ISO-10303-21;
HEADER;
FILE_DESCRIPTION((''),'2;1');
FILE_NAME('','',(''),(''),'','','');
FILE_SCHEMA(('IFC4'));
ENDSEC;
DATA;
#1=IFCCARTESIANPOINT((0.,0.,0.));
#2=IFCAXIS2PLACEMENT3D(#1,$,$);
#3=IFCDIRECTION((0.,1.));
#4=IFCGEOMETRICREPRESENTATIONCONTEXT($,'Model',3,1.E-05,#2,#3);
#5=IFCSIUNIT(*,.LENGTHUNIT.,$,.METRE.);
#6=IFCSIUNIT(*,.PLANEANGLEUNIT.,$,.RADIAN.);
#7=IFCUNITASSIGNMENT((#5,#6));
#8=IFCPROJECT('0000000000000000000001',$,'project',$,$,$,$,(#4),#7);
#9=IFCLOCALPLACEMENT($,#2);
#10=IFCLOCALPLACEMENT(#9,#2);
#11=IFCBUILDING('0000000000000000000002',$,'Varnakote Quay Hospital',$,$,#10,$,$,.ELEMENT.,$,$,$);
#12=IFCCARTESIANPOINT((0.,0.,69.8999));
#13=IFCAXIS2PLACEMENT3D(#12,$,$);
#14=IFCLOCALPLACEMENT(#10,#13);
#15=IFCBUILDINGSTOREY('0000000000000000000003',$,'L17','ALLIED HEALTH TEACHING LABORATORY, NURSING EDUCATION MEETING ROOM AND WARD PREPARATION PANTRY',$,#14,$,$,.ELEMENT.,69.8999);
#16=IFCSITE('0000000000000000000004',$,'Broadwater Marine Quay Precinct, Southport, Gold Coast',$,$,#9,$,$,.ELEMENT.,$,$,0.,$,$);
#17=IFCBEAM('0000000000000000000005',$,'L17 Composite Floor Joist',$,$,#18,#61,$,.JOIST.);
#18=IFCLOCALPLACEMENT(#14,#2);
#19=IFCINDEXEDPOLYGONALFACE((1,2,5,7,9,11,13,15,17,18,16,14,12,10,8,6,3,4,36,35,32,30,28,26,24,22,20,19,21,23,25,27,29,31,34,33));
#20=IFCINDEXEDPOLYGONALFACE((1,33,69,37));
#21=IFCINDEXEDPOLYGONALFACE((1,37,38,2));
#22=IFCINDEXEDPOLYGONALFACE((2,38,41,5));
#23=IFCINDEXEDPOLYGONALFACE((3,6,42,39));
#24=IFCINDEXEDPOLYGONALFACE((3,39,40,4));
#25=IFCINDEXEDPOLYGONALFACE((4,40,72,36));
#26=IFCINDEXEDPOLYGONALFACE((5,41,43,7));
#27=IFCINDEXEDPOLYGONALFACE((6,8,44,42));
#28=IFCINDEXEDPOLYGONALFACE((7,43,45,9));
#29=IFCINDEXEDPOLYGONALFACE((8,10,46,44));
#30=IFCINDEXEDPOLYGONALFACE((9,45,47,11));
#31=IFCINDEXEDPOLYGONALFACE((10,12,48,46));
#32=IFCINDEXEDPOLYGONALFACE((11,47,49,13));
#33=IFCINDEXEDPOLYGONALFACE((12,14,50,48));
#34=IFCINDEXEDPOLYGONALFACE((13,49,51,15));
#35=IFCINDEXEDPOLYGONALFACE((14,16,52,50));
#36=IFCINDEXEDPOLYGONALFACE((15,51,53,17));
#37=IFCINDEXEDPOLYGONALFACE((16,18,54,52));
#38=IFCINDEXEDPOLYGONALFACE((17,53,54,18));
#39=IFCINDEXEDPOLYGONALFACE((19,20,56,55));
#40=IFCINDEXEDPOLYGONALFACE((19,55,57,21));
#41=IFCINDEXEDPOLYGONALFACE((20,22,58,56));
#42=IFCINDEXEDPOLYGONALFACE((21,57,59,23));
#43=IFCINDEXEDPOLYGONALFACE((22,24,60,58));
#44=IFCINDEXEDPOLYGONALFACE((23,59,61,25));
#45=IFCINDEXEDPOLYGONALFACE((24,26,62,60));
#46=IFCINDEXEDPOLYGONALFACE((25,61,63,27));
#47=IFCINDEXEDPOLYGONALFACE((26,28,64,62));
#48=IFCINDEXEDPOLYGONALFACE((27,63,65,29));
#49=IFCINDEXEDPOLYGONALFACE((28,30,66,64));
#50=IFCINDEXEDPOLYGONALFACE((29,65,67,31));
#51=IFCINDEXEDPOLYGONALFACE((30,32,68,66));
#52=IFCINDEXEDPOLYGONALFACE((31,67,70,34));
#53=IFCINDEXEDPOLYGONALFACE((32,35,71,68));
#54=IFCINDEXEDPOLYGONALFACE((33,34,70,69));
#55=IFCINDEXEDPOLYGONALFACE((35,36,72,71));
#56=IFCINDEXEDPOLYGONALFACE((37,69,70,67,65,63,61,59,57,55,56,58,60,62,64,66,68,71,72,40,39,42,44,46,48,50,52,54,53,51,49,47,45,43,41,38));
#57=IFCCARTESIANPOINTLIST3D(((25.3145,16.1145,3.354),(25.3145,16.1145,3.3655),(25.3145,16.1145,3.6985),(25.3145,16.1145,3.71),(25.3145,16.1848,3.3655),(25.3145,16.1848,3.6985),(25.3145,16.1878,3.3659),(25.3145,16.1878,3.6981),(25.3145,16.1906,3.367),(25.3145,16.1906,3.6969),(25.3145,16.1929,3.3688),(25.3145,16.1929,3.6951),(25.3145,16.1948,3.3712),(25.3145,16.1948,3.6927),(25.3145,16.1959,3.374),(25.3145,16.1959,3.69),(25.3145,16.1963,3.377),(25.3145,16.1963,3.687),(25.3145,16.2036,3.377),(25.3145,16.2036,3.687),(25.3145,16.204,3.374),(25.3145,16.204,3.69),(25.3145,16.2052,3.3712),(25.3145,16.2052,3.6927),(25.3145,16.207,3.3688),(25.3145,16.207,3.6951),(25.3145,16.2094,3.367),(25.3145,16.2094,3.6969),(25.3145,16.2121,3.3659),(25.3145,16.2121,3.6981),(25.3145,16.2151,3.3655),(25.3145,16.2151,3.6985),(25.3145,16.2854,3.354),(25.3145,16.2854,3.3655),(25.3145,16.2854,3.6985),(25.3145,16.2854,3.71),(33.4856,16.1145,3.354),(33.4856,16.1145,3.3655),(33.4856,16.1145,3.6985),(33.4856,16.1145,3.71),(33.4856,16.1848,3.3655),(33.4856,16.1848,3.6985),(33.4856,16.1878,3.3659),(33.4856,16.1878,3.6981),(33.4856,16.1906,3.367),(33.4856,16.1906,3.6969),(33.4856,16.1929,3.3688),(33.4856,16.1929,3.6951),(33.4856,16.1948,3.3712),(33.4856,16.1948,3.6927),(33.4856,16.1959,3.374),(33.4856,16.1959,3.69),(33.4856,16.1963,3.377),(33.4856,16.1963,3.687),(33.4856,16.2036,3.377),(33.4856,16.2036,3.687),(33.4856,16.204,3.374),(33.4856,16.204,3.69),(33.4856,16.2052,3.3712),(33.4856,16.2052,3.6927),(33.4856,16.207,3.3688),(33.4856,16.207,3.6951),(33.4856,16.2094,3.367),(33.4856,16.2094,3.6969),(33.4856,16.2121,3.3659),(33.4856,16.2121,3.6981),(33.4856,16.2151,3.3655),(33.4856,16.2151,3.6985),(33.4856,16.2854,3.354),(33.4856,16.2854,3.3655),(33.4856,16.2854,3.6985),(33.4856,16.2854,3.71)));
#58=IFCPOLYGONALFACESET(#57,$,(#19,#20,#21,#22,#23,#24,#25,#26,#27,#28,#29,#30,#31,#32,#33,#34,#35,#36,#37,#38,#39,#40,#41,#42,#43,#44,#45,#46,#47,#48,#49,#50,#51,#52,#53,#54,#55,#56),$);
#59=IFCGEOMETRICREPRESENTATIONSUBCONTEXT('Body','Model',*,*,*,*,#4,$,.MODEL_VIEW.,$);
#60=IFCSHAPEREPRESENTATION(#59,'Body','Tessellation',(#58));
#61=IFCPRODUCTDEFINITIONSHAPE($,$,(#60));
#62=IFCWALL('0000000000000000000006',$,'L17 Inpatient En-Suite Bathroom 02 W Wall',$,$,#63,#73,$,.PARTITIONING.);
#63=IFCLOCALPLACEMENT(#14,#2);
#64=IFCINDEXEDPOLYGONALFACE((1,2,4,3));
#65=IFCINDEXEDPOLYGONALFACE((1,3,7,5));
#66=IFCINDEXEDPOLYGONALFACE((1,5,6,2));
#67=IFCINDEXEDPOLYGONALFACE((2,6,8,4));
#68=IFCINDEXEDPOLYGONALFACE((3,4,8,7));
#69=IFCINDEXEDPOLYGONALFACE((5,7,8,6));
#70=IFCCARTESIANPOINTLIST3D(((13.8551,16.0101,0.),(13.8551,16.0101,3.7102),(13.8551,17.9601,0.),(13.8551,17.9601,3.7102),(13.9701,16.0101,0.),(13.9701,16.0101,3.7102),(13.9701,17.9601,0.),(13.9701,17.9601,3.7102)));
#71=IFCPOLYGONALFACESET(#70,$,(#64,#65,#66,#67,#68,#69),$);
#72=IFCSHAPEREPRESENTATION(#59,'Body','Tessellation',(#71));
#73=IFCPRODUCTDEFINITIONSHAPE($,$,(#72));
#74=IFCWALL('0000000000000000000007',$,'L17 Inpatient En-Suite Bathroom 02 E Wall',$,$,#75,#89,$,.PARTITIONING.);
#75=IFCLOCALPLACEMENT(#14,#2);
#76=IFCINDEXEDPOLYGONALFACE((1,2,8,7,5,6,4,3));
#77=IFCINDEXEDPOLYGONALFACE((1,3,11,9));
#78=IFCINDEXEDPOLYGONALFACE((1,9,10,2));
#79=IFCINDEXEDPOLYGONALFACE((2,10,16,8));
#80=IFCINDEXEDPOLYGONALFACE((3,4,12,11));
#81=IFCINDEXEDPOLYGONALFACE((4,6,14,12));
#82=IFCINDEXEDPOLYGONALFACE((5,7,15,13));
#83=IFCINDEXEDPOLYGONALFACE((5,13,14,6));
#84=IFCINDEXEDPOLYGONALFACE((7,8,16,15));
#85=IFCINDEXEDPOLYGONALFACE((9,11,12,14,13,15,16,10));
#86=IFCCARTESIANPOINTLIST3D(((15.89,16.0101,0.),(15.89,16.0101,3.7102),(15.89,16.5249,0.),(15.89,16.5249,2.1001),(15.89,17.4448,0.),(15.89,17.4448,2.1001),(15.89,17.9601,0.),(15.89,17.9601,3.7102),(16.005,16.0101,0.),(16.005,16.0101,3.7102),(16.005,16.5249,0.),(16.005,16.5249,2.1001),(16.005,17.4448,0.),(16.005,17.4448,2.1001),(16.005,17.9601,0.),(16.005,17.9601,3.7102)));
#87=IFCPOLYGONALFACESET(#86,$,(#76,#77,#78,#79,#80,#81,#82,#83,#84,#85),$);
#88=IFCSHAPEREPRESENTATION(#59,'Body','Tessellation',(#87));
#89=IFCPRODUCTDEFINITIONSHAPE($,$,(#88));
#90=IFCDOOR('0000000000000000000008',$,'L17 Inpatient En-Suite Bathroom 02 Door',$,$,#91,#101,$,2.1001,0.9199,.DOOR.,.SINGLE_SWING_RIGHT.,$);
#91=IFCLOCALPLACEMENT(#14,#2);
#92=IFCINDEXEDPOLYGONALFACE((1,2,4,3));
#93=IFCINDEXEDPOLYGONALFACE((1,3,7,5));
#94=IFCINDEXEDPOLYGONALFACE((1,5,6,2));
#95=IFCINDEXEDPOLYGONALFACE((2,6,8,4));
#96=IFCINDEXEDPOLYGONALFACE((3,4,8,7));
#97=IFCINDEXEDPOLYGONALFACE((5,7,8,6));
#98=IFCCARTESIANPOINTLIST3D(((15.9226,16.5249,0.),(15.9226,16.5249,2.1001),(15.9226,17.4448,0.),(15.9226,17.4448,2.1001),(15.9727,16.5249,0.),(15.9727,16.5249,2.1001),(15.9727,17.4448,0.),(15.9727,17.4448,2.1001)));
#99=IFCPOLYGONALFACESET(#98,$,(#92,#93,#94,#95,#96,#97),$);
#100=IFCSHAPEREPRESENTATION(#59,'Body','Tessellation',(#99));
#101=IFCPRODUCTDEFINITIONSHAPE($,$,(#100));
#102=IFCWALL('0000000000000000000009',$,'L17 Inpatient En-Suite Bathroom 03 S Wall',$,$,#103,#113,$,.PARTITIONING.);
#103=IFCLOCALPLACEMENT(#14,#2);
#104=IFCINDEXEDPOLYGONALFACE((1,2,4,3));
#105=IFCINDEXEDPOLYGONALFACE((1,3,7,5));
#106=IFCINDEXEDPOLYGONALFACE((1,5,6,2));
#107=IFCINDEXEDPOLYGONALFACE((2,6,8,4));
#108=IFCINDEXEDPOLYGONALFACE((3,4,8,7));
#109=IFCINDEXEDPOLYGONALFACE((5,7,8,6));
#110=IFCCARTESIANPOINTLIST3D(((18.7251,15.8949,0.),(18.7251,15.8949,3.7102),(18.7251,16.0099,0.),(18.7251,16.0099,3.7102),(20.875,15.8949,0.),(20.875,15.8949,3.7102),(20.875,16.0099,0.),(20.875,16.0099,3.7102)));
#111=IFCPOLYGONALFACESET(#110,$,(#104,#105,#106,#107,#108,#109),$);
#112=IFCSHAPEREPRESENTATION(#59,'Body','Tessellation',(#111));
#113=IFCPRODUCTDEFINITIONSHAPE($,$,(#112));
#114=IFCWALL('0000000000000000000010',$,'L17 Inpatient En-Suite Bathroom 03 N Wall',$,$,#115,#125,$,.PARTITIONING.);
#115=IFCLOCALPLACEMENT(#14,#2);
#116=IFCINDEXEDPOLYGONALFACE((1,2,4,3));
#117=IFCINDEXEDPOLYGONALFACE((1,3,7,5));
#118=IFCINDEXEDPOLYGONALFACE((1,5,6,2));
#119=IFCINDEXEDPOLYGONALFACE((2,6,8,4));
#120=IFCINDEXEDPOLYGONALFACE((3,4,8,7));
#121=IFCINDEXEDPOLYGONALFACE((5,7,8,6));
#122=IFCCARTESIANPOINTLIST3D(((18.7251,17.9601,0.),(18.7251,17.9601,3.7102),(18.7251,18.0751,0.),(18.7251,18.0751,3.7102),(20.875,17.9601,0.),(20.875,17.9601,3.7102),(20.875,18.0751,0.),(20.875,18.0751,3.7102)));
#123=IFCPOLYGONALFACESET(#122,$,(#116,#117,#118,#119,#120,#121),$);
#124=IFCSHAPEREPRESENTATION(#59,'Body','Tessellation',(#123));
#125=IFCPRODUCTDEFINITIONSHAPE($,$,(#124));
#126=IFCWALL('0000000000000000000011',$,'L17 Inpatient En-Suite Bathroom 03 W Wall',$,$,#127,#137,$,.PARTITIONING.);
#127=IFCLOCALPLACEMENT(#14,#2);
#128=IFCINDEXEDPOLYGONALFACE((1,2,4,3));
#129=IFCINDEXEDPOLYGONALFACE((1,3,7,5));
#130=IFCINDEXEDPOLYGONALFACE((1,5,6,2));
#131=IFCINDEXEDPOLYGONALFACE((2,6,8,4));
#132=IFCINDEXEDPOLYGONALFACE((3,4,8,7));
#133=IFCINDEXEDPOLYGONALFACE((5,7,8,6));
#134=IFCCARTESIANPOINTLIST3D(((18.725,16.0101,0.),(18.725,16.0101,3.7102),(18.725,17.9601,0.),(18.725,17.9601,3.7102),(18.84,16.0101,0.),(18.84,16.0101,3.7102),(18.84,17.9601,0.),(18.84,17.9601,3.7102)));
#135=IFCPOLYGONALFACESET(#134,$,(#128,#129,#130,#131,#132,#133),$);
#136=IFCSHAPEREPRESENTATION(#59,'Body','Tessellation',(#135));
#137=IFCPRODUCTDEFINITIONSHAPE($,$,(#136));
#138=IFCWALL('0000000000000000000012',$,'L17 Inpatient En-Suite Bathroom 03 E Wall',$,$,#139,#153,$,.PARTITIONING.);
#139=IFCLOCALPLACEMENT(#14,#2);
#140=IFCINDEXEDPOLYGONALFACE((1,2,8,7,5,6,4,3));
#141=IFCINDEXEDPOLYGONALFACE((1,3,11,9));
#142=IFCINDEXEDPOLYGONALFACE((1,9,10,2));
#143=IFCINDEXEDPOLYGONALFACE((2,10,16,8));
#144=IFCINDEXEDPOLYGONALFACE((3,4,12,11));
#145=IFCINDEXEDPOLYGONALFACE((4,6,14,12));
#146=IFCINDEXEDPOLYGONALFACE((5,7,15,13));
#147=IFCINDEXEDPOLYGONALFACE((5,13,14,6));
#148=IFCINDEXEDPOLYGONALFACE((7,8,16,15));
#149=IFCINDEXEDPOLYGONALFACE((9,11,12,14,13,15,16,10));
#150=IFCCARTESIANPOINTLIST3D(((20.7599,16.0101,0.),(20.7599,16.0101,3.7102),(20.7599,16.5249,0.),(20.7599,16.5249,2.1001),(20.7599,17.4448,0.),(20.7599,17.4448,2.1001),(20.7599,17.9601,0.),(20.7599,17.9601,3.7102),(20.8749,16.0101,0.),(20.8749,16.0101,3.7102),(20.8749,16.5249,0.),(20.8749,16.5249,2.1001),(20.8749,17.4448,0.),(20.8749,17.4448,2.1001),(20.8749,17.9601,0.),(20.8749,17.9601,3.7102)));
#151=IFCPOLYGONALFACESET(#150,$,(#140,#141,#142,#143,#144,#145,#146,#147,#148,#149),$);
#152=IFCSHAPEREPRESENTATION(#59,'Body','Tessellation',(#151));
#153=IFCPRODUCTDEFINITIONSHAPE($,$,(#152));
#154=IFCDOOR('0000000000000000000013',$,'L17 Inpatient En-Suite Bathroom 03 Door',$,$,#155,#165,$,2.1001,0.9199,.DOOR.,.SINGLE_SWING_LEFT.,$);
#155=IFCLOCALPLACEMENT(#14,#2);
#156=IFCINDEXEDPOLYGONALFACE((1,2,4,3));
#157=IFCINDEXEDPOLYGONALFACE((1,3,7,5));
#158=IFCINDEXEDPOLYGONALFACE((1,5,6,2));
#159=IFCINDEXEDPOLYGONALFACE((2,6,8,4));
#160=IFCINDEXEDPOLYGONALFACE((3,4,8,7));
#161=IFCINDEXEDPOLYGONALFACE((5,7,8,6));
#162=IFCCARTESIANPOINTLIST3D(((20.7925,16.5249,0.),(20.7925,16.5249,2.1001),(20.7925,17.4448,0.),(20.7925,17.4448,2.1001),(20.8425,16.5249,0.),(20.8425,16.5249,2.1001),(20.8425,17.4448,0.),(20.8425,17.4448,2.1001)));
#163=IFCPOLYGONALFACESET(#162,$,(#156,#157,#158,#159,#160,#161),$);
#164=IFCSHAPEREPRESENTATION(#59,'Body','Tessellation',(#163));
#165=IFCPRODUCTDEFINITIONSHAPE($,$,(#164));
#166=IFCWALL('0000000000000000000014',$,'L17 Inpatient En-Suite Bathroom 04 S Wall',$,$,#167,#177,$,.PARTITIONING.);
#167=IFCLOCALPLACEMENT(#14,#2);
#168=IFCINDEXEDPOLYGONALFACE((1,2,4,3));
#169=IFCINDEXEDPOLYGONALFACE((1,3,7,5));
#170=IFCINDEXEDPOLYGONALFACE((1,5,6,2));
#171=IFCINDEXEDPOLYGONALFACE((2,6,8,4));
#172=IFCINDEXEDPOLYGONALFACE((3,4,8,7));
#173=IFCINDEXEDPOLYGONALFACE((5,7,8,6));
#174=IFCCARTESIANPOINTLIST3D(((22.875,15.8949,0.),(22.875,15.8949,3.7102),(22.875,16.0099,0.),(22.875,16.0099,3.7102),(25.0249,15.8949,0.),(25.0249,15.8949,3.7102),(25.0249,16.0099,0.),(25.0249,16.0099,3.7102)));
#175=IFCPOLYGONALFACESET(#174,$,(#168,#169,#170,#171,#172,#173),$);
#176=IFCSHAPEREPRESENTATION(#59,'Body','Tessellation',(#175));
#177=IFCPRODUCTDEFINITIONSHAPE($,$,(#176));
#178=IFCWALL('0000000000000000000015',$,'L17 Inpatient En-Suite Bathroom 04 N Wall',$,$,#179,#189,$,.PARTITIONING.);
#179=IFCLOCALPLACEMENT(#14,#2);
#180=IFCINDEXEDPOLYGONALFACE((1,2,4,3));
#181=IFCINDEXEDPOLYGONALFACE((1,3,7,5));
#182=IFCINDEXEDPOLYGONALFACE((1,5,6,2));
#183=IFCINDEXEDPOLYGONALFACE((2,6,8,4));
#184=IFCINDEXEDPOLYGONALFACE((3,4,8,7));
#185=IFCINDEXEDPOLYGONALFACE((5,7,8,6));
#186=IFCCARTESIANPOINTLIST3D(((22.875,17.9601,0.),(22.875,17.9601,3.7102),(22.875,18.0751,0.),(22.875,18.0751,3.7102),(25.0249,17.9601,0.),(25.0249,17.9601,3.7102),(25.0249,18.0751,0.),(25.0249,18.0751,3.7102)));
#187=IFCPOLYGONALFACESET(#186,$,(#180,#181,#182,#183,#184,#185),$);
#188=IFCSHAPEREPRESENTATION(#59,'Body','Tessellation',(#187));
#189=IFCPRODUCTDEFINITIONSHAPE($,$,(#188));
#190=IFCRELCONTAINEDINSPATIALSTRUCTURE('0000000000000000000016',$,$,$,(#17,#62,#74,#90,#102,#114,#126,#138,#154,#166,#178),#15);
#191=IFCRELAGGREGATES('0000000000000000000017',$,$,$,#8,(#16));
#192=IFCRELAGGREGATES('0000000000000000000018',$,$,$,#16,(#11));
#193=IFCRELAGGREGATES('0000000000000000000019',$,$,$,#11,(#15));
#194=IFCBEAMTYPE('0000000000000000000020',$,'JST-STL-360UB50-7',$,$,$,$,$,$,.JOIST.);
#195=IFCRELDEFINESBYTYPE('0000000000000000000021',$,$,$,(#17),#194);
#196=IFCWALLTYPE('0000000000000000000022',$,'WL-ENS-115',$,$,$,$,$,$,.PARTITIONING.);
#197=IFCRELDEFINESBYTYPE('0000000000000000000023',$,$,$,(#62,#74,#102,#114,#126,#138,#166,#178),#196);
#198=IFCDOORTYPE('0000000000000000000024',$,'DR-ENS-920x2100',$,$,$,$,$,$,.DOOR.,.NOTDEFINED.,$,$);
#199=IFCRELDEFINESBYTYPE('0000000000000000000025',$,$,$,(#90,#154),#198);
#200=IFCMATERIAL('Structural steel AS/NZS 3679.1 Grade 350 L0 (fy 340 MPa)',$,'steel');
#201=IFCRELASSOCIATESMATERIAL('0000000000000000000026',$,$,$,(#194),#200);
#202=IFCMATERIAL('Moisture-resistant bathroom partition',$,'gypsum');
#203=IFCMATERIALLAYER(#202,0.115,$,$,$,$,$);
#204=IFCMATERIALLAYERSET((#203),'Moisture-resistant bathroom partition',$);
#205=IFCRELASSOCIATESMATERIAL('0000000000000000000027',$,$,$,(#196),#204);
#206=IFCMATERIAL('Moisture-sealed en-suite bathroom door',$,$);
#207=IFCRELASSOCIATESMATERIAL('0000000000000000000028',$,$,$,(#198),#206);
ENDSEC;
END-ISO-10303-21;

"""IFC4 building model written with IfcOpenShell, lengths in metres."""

from ifc_helpers import new_model, si_unit, direction, frame, frame_2d, origin, origin_2d, place, context, subcontext, project, spatial, rectangle, i_section, extrude, material, layer, layer_set, material_profile, profile_set, type_object, element, fill, save


model = new_model("IFC4")

# Units and contexts
model_context = context("Model", 3, precision=1e-05, world=origin(), true_north=direction((0.0, 1.0)))
body_context = subcontext(model_context, "Body", "Model", "MODEL_VIEW")
ifc_project = project(units=[si_unit("LENGTHUNIT", "METRE"), si_unit("PLANEANGLEUNIT", "RADIAN")], contexts=[model_context])

# Site, building, storey
site_placement = place(None, origin())
site = spatial("IfcSite", under=ifc_project, at=site_placement, Name="Broadwater Marine Quay Precinct, Southport, Gold Coast", CompositionType="ELEMENT", RefElevation=0.0)
building_placement = place(site_placement, origin())
building = spatial("IfcBuilding", under=site, at=building_placement, Name="Varnakote Quay Hospital", CompositionType="ELEMENT")
storey_placement = place(building_placement, frame((0.0, 0.0, 69.8999)))
storey = spatial("IfcBuildingStorey", under=building, at=storey_placement, Name="L17", Description="ALLIED HEALTH TEACHING LABORATORY, NURSING EDUCATION MEETING ROOM AND WARD PREPARATION PANTRY", CompositionType="ELEMENT", Elevation=69.8999)

# Beam
ifc_material_1 = material(Name="Structural steel AS/NZS 3679.1 Grade 350 L0 (fy 340 MPa)", Category="steel")
ifc_material_profile_1 = material_profile(ifc_material_1, i_section(OverallWidth=0.1709, OverallDepth=0.356, WebThickness=0.0073, FlangeThickness=0.0115, FilletRadius=0.0115, at=origin_2d()), Name="360UB50.7")
ifc_profile_set_1 = profile_set([ifc_material_profile_1], Name="Structural steel AS/NZS 3679.1 Grade 350 L0 (fy 340 MPa)")
beam_type_1 = type_object("IfcBeamType", Name="JST-STL-360UB50-7", PredefinedType="JOIST", material=ifc_profile_set_1)
beam_1_placement = place(storey_placement, frame((25.3145, 16.2, 3.532), z_axis=(1.0, 0.0, 0.0), x_axis=(0.0, 1.0, 0.0)))
element("IfcBeam", 1, at=beam_1_placement, inside=storey, type_object=beam_type_1, Name="L17 Composite Floor Joist", PredefinedType="JOIST", context=body_context, shape_type="SweptSolid", body=[
    extrude(i_section(OverallWidth=0.1709, OverallDepth=0.356, WebThickness=0.0073, FlangeThickness=0.0115, FilletRadius=0.0115, at=origin_2d()), origin(), (0.0, 0.0, 1.0), 8.1711),
])

# Wall
ifc_material_2 = material(Name="Moisture-resistant bathroom partition", Category="gypsum")
ifc_layer_1 = layer(ifc_material_2, 0.115)
ifc_layer_set_1 = layer_set([ifc_layer_1], Name="Moisture-resistant bathroom partition")
wall_type_1 = type_object("IfcWallType", Name="WL-ENS-115", PredefinedType="PARTITIONING", material=ifc_layer_set_1)
wall_1_placement = place(storey_placement, frame((13.9126, 16.01, 0.0), z_axis=(0.0, 0.0, 1.0), x_axis=(0.0, 1.0, 0.0)))
element("IfcWall", 2, at=wall_1_placement, inside=storey, type_object=wall_type_1, Name="L17 Inpatient En-Suite Bathroom 02 W Wall", PredefinedType="PARTITIONING", context=body_context, shape_type="SweptSolid", body=[
    extrude(rectangle(XDim=1.95, YDim=0.115, at=frame_2d((0.9751, 0.0))), origin(), (0.0, 0.0, 1.0), 3.7102),
])

# Wall, opening, door
wall_2_placement = place(storey_placement, frame((15.9475, 16.01, 0.0), z_axis=(0.0, 0.0, 1.0), x_axis=(0.0, 1.0, 0.0)))
wall_2 = element("IfcWall", 3, at=wall_2_placement, inside=storey, type_object=wall_type_1, Name="L17 Inpatient En-Suite Bathroom 02 E Wall", PredefinedType="PARTITIONING", context=body_context, shape_type="SweptSolid", body=[
    extrude(rectangle(XDim=1.95, YDim=0.115, at=frame_2d((0.9751, 0.0))), origin(), (0.0, 0.0, 1.0), 3.7102),
])
opening_1_placement = place(wall_2_placement, frame((0.5149, 0.0, 0.0)))
opening_1 = element("IfcOpeningElement", 4, at=opening_1_placement, cuts=wall_2, PredefinedType="OPENING", context=body_context, shape_type="SweptSolid", body=[
    extrude(rectangle(XDim=0.9199, YDim=2.1001, at=frame_2d((0.46, 1.05))), frame((0.0, 0.0674, 0.0), z_axis=(0.0, -1.0, 0.0), x_axis=(1.0, 0.0, 0.0)), (0.0, 0.0, 1.0), 0.135),
])
ifc_material_3 = material(Name="Moisture-sealed en-suite bathroom door")
door_type_1 = type_object("IfcDoorType", Name="DR-ENS-920x2100", OperationType="NOTDEFINED", PredefinedType="DOOR", material=ifc_material_3)
door_1_placement = place(opening_1_placement, origin())
door_1 = element("IfcDoor", 5, at=door_1_placement, inside=storey, type_object=door_type_1, Name="L17 Inpatient En-Suite Bathroom 02 Door", OperationType="SINGLE_SWING_RIGHT", OverallHeight=2.1001, OverallWidth=0.9199, PredefinedType="DOOR", context=body_context, shape_type="SweptSolid", body=[
    extrude(rectangle(XDim=0.9199, YDim=2.1001, at=frame_2d((0.46, 1.05))), frame((0.0, 0.0249, 0.0), z_axis=(0.0, -1.0, 0.0), x_axis=(1.0, 0.0, 0.0)), (0.0, 0.0, 1.0), 0.05),
])
fill(opening_1, door_1)

# Walls
for number, where, z_axis, x_axis, name in (
    (6, (18.7251, 15.9524, 0.0), (0.0, 0.0, 1.0), (1.0, 0.0, 0.0), "L17 Inpatient En-Suite Bathroom 03 S Wall"),
    (7, (18.7251, 18.0176, 0.0), (0.0, 0.0, 1.0), (1.0, 0.0, 0.0), "L17 Inpatient En-Suite Bathroom 03 N Wall"),
):
    element("IfcWall", number, at=place(storey_placement, frame(where, z_axis=z_axis, x_axis=x_axis)), inside=storey, type_object=wall_type_1, Name=name, PredefinedType="PARTITIONING", context=body_context, shape_type="SweptSolid", body=[
        extrude(rectangle(XDim=2.1499, YDim=0.115, at=frame_2d((1.075, 0.0))), origin(), (0.0, 0.0, 1.0), 3.7102),
    ])
wall_3_placement = place(storey_placement, frame((18.7825, 16.01, 0.0), z_axis=(0.0, 0.0, 1.0), x_axis=(0.0, 1.0, 0.0)))
element("IfcWall", 8, at=wall_3_placement, inside=storey, type_object=wall_type_1, Name="L17 Inpatient En-Suite Bathroom 03 W Wall", PredefinedType="PARTITIONING", context=body_context, shape_type="SweptSolid", body=[
    extrude(rectangle(XDim=1.95, YDim=0.115, at=frame_2d((0.9751, 0.0))), origin(), (0.0, 0.0, 1.0), 3.7102),
])

# Wall, opening, door
wall_4_placement = place(storey_placement, frame((20.8174, 16.01, 0.0), z_axis=(0.0, 0.0, 1.0), x_axis=(0.0, 1.0, 0.0)))
wall_4 = element("IfcWall", 9, at=wall_4_placement, inside=storey, type_object=wall_type_1, Name="L17 Inpatient En-Suite Bathroom 03 E Wall", PredefinedType="PARTITIONING", context=body_context, shape_type="SweptSolid", body=[
    extrude(rectangle(XDim=1.95, YDim=0.115, at=frame_2d((0.9751, 0.0))), origin(), (0.0, 0.0, 1.0), 3.7102),
])
opening_2_placement = place(wall_4_placement, frame((0.5149, 0.0, 0.0)))
opening_2 = element("IfcOpeningElement", 10, at=opening_2_placement, cuts=wall_4, PredefinedType="OPENING", context=body_context, shape_type="SweptSolid", body=[
    extrude(rectangle(XDim=0.9199, YDim=2.1001, at=frame_2d((0.46, 1.05))), frame((0.0, 0.0674, 0.0), z_axis=(0.0, -1.0, 0.0), x_axis=(1.0, 0.0, 0.0)), (0.0, 0.0, 1.0), 0.135),
])
door_2_placement = place(opening_2_placement, origin())
door_2 = element("IfcDoor", 11, at=door_2_placement, inside=storey, type_object=door_type_1, Name="L17 Inpatient En-Suite Bathroom 03 Door", OperationType="SINGLE_SWING_LEFT", OverallHeight=2.1001, OverallWidth=0.9199, PredefinedType="DOOR", context=body_context, shape_type="SweptSolid", body=[
    extrude(rectangle(XDim=0.9199, YDim=2.1001, at=frame_2d((0.46, 1.05))), frame((0.0, 0.0249, 0.0), z_axis=(0.0, -1.0, 0.0), x_axis=(1.0, 0.0, 0.0)), (0.0, 0.0, 1.0), 0.05),
])
fill(opening_2, door_2)

# Walls
for number, where, z_axis, x_axis, name in (
    (12, (22.875, 15.9524, 0.0), (0.0, 0.0, 1.0), (1.0, 0.0, 0.0), "L17 Inpatient En-Suite Bathroom 04 S Wall"),
    (13, (22.875, 18.0176, 0.0), (0.0, 0.0, 1.0), (1.0, 0.0, 0.0), "L17 Inpatient En-Suite Bathroom 04 N Wall"),
):
    element("IfcWall", number, at=place(storey_placement, frame(where, z_axis=z_axis, x_axis=x_axis)), inside=storey, type_object=wall_type_1, Name=name, PredefinedType="PARTITIONING", context=body_context, shape_type="SweptSolid", body=[
        extrude(rectangle(XDim=2.1499, YDim=0.115, at=frame_2d((1.075, 0.0))), origin(), (0.0, 0.0, 1.0), 3.7102),
    ])

save(model, "model.ifc")
